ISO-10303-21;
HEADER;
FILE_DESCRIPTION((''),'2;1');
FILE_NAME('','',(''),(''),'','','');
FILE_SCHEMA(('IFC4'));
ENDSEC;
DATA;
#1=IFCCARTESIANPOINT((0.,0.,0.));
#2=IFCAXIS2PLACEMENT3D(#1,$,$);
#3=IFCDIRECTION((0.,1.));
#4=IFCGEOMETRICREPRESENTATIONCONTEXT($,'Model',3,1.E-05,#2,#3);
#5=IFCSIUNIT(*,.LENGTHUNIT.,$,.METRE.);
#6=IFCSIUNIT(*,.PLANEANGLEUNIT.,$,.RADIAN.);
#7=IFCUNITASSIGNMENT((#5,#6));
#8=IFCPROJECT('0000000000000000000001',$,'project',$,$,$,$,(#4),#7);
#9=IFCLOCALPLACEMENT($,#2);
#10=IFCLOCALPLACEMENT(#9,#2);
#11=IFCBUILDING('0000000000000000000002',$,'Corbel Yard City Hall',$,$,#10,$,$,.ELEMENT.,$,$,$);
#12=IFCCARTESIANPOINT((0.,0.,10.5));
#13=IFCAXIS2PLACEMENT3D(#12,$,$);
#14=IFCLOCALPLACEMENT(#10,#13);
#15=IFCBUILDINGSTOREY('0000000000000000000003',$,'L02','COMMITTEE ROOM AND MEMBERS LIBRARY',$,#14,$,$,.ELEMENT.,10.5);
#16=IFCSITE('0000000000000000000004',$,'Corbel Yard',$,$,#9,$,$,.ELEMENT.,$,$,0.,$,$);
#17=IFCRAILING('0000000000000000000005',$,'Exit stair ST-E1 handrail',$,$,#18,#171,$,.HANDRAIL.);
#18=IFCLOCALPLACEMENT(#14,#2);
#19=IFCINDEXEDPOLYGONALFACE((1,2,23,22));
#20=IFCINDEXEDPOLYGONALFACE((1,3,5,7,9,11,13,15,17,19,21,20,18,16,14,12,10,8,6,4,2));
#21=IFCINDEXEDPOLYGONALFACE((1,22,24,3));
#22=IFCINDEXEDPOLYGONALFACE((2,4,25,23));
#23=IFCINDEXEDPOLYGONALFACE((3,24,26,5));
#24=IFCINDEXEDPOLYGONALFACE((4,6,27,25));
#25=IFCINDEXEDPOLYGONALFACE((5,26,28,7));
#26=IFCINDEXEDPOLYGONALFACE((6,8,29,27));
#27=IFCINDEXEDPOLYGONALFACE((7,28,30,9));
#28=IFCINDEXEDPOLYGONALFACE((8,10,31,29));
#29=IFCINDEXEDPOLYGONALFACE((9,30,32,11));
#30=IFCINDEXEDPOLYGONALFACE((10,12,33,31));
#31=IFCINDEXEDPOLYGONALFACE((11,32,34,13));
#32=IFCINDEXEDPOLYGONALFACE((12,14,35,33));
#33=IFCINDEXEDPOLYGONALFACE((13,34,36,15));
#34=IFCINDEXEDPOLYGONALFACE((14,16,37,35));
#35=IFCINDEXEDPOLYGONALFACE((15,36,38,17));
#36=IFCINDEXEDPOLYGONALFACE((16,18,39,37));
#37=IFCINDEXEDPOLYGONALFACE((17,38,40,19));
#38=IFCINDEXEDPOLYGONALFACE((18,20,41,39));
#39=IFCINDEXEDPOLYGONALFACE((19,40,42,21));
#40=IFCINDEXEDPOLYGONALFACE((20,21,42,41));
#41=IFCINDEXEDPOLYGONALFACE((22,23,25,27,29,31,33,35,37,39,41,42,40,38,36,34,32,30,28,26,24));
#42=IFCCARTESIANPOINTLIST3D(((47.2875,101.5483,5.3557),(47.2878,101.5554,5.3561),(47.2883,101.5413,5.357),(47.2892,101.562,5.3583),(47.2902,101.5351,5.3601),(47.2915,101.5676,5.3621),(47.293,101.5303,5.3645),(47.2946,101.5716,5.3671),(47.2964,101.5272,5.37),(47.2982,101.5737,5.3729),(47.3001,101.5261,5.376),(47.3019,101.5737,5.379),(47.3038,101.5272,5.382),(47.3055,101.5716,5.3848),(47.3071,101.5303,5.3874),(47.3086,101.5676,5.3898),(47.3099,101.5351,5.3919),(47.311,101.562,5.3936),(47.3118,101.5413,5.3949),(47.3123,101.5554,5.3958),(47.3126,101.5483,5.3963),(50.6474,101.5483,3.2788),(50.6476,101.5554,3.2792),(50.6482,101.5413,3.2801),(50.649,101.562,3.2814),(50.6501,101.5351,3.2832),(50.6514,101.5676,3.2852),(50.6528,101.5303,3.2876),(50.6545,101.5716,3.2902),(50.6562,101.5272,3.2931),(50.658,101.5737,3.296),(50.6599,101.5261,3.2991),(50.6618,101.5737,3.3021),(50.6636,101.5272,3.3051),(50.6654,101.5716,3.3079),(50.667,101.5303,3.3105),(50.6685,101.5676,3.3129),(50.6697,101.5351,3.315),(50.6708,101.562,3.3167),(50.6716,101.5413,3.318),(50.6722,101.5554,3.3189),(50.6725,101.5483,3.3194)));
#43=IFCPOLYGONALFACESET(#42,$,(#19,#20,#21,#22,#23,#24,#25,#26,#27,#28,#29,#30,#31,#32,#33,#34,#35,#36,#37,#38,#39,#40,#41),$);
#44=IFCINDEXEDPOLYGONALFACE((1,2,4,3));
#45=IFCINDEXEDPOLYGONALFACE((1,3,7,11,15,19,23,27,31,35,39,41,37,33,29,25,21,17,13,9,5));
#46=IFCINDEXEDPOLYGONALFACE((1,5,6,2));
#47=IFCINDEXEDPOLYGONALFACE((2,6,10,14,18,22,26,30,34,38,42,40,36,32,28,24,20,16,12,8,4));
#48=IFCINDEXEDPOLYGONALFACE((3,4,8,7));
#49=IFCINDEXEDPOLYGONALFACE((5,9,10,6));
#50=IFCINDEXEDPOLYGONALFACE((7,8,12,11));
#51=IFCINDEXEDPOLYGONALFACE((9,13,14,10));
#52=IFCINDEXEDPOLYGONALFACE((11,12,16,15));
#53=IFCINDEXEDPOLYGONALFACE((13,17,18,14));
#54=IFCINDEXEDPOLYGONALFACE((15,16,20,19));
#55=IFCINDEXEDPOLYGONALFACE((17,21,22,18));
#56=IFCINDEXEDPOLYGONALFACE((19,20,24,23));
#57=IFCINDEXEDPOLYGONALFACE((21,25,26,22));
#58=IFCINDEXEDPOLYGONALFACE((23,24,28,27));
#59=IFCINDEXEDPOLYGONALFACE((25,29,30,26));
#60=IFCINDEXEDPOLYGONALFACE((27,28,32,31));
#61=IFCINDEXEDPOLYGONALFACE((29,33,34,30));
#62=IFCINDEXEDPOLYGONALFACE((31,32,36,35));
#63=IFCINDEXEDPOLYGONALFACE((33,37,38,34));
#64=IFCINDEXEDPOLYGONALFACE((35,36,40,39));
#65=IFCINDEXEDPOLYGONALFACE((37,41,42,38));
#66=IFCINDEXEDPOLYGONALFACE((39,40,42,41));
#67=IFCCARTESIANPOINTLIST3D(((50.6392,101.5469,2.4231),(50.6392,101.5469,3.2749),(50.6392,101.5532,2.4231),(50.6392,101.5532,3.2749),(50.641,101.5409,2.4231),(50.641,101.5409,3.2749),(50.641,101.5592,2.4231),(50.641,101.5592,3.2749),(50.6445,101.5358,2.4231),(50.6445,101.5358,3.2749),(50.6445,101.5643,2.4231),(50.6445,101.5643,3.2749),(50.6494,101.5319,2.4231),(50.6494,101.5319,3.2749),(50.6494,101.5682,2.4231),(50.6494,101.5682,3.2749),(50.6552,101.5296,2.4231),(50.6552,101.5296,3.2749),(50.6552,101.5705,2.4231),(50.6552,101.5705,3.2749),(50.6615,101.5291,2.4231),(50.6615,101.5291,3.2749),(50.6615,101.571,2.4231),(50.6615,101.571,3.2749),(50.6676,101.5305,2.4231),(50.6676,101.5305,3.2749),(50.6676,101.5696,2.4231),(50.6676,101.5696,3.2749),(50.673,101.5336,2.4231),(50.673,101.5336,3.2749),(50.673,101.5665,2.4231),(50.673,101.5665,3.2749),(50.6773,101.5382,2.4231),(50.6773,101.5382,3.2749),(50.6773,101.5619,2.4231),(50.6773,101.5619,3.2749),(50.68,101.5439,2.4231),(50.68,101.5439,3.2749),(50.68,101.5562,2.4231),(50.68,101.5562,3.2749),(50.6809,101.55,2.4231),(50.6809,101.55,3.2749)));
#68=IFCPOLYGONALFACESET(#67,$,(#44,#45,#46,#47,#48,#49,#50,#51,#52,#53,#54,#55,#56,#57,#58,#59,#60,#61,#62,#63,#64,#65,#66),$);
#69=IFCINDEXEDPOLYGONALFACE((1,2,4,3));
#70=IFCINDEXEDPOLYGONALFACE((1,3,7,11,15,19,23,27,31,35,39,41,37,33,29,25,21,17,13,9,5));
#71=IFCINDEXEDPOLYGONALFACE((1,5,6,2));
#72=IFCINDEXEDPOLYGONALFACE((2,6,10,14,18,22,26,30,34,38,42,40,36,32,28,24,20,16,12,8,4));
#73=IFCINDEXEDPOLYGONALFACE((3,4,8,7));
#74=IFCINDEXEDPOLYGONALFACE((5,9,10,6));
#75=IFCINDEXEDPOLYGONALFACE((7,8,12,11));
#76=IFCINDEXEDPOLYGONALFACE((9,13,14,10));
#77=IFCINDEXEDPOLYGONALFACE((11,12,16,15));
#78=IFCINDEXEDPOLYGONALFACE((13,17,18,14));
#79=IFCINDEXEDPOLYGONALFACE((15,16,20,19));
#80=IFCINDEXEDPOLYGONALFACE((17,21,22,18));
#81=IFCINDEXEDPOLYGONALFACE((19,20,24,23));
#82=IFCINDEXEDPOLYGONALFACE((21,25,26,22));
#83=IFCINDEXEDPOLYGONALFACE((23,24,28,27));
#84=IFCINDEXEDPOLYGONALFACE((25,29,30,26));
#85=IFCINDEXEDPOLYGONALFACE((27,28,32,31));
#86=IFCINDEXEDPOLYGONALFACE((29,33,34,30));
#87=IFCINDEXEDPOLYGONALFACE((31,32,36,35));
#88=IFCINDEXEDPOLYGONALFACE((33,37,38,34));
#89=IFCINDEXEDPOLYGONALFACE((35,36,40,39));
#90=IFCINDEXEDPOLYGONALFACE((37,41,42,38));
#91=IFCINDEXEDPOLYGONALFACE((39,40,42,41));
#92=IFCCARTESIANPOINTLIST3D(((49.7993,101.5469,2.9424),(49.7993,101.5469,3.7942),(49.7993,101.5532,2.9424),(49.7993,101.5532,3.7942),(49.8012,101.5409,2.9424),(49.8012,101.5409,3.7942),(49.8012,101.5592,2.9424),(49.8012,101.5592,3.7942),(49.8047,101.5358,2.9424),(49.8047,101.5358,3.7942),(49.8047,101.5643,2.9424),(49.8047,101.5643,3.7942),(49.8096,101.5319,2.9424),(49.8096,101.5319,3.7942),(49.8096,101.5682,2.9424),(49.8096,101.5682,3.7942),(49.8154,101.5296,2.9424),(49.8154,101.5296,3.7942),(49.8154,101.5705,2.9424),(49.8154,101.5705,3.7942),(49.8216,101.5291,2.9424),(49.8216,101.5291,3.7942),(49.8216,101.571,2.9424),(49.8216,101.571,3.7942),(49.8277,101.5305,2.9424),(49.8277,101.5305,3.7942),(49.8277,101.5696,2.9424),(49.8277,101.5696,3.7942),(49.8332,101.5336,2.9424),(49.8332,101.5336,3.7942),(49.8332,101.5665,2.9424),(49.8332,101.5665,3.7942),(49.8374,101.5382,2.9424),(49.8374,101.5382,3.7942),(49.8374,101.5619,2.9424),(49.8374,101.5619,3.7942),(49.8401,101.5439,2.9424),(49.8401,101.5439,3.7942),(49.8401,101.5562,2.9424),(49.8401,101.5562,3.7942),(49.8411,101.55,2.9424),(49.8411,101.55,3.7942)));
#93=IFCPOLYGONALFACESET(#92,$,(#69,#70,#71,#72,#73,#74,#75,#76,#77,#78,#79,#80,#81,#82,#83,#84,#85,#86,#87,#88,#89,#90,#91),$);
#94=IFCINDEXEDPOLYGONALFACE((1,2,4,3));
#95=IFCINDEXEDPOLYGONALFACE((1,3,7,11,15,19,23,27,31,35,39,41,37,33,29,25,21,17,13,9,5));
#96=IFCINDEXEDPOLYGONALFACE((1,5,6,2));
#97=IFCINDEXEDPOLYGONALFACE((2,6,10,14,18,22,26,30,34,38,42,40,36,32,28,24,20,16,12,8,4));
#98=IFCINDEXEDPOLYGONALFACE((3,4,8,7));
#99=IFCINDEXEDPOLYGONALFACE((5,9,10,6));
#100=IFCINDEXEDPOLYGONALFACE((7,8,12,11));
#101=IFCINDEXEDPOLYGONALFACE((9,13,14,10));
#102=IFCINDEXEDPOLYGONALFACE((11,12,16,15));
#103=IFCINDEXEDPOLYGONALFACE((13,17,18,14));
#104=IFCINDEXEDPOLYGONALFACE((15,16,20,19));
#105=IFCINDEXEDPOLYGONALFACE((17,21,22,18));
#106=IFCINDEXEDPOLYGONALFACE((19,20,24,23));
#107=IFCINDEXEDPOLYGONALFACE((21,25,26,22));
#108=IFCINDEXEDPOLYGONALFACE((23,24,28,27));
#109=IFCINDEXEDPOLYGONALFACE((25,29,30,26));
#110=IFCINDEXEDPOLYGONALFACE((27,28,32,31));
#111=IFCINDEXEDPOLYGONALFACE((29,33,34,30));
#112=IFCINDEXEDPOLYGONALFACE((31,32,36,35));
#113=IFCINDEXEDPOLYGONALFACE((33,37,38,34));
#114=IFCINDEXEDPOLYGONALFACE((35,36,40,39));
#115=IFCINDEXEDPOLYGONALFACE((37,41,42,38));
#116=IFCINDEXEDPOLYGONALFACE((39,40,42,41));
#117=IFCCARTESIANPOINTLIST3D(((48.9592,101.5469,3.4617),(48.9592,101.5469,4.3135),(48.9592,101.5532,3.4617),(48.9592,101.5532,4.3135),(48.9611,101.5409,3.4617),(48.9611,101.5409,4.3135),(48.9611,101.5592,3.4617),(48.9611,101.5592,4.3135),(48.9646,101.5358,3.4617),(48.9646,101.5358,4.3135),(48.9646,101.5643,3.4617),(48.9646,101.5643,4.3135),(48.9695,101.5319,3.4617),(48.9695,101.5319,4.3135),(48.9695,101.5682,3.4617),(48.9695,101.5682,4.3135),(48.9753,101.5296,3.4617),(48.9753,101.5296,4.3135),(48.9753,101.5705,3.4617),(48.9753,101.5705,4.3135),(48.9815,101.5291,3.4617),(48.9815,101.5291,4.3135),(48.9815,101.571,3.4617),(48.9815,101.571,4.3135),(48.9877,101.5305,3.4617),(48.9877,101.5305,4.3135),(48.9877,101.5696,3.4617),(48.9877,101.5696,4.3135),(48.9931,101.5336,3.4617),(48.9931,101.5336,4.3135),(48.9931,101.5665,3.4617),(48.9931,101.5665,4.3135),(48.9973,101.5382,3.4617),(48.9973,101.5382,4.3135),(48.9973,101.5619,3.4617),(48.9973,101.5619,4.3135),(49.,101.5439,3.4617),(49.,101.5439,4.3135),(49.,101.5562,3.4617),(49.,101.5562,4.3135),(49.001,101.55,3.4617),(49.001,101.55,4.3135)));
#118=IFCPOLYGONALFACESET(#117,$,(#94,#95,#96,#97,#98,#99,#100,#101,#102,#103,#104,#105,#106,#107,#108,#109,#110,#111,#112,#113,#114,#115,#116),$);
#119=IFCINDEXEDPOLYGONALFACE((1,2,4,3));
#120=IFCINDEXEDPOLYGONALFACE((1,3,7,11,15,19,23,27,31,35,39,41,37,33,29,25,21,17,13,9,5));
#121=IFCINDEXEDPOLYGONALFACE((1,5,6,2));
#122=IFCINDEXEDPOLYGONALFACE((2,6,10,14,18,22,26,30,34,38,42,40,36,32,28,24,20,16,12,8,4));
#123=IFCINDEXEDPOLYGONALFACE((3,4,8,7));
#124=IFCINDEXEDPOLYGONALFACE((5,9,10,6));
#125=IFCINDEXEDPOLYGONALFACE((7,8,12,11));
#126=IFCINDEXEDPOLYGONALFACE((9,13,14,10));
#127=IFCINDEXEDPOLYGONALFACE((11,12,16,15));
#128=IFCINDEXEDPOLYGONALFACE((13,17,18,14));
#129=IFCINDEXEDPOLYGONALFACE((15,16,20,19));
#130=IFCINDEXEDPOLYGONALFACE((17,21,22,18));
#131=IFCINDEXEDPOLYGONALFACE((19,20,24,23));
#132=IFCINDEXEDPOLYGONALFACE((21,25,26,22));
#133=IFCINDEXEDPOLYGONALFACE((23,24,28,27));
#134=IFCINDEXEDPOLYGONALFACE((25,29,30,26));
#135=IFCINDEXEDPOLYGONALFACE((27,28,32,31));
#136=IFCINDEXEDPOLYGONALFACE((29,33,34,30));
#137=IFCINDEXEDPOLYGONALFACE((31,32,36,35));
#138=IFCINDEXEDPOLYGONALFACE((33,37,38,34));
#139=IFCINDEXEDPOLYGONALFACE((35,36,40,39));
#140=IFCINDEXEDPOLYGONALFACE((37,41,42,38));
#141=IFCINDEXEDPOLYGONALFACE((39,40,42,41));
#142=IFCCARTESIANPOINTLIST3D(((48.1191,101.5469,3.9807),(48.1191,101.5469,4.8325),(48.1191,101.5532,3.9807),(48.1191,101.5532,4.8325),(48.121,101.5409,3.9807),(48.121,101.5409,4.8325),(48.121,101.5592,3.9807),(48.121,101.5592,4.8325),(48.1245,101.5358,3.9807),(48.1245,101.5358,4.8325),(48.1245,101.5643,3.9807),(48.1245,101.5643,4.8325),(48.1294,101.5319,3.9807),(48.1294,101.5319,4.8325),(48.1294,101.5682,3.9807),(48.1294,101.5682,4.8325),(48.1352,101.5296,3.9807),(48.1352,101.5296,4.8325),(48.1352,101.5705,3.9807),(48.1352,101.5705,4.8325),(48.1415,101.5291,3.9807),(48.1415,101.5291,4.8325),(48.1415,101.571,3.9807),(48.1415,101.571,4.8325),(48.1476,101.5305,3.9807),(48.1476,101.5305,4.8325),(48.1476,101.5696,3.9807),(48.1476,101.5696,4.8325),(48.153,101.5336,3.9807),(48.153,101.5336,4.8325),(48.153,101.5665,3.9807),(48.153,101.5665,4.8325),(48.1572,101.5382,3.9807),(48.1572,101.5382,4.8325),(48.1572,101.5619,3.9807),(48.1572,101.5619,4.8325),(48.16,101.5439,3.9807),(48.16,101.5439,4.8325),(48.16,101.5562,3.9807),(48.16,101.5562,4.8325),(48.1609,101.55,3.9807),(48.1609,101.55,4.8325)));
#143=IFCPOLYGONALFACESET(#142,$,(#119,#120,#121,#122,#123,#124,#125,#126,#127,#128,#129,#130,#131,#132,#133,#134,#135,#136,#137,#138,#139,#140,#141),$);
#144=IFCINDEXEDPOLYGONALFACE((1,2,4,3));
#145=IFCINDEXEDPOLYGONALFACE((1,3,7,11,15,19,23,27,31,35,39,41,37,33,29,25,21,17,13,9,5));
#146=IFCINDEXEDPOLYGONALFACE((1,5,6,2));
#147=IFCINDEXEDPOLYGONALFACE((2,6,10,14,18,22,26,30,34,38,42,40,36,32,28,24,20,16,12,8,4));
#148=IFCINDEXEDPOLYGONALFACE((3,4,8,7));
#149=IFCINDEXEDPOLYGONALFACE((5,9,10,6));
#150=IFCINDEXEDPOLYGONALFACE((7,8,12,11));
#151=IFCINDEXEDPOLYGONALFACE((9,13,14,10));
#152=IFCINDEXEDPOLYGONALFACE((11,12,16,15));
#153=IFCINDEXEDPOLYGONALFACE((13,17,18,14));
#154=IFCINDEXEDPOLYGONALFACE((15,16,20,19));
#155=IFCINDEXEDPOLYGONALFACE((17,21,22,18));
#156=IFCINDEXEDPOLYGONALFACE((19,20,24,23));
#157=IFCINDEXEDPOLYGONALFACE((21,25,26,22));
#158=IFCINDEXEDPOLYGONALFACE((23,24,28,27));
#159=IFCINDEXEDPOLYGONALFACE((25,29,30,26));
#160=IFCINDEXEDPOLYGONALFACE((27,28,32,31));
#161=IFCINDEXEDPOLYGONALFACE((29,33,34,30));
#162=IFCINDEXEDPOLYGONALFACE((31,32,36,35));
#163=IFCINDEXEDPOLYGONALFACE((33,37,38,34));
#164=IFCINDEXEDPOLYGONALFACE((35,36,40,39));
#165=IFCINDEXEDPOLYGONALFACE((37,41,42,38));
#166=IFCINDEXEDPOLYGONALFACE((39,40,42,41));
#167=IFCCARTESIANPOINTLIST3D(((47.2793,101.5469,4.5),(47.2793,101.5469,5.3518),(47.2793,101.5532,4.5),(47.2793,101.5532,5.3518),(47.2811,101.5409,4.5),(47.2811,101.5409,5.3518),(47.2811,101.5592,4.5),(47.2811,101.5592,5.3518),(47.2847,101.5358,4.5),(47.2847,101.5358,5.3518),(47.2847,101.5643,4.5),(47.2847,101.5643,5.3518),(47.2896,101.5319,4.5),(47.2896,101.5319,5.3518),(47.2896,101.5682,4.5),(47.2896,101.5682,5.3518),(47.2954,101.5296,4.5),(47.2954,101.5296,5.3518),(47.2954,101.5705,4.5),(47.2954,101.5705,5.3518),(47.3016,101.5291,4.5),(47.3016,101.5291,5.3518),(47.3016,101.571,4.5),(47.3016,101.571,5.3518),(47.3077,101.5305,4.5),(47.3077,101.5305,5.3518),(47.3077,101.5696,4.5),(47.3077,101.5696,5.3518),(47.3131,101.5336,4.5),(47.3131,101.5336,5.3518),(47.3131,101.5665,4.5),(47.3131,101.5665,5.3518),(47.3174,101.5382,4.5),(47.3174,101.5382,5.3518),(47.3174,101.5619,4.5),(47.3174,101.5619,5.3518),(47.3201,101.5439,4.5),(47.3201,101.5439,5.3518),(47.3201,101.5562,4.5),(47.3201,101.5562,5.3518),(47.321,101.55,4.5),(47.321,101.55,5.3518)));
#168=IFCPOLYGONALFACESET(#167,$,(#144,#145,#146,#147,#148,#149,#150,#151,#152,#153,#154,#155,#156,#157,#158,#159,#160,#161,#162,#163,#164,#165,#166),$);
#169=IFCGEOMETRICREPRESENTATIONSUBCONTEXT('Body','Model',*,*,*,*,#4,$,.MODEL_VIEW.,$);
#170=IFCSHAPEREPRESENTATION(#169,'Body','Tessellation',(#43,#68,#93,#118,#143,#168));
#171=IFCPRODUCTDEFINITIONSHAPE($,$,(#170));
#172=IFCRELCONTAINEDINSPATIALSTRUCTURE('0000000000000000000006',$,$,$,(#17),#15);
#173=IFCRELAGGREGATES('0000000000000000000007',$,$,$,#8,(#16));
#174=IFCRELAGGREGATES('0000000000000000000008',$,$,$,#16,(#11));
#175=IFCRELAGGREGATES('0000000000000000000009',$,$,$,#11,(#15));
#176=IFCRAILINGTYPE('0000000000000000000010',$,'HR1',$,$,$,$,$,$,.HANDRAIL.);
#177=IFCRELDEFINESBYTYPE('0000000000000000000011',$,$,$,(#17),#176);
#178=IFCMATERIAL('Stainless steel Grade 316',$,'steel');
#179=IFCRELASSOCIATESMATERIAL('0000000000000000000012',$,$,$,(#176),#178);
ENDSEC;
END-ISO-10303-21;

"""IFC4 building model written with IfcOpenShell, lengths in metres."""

from ifc_helpers import new_model, si_unit, direction, frame, origin, origin_2d, place, context, subcontext, project, spatial, circle, extrude, material, type_object, element, save


model = new_model("IFC4")

# Units and contexts
model_context = context("Model", 3, precision=1e-05, world=origin(), true_north=direction((0.0, 1.0)))
body_context = subcontext(model_context, "Body", "Model", "MODEL_VIEW")
ifc_project = project(units=[si_unit("LENGTHUNIT", "METRE"), si_unit("PLANEANGLEUNIT", "RADIAN")], contexts=[model_context])

# Site, building, storey
site_placement = place(None, origin())
site = spatial("IfcSite", under=ifc_project, at=site_placement, Name="Corbel Yard", CompositionType="ELEMENT", RefElevation=0.0)
building_placement = place(site_placement, origin())
building = spatial("IfcBuilding", under=site, at=building_placement, Name="Corbel Yard City Hall", CompositionType="ELEMENT")
storey_placement = place(building_placement, frame((0.0, 0.0, 10.5)))
storey = spatial("IfcBuildingStorey", under=building, at=storey_placement, Name="L02", Description="COMMITTEE ROOM AND MEMBERS LIBRARY", CompositionType="ELEMENT", Elevation=10.5)

# Shared definitions
ifc_material_1 = material(Name="Stainless steel Grade 316", Category="steel")

# Railing
railing_type = type_object("IfcRailingType", Name="HR1", PredefinedType="HANDRAIL", material=ifc_material_1)
for number, where, name in (
    (1, (50.6599, 101.55, 2.4231), "Exit stair ST-E1 handrail"),
):
    element("IfcRailing", number, at=place(storey_placement, frame(where)), inside=storey, type_object=railing_type, Name=name, PredefinedType="HANDRAIL", context=body_context, shape_type="SweptSolid", body=[
        extrude(circle(Radius=0.0239, at=origin_2d()), frame((0.0, 0.0, 0.876), z_axis=(-0.850606, 0.0, 0.525803), x_axis=(0.0, -1.0, 0.0)), (0.0, 0.0, 1.0), 3.95),
        extrude(circle(Radius=0.021, at=origin_2d()), origin(), (0.0, 0.0, 1.0), 0.8518),
        extrude(circle(Radius=0.021, at=origin_2d()), frame((-0.8398, 0.0, 0.5193)), (0.0, 0.0, 1.0), 0.8518),
        extrude(circle(Radius=0.021, at=origin_2d()), frame((-1.6799, 0.0, 1.0386)), (0.0, 0.0, 1.0), 0.8518),
        extrude(circle(Radius=0.021, at=origin_2d()), frame((-2.52, 0.0, 1.5576)), (0.0, 0.0, 1.0), 0.8518),
        extrude(circle(Radius=0.021, at=origin_2d()), frame((-3.3599, 0.0, 2.0769)), (0.0, 0.0, 1.0), 0.8518),
    ])

save(model, "model.ifc")
